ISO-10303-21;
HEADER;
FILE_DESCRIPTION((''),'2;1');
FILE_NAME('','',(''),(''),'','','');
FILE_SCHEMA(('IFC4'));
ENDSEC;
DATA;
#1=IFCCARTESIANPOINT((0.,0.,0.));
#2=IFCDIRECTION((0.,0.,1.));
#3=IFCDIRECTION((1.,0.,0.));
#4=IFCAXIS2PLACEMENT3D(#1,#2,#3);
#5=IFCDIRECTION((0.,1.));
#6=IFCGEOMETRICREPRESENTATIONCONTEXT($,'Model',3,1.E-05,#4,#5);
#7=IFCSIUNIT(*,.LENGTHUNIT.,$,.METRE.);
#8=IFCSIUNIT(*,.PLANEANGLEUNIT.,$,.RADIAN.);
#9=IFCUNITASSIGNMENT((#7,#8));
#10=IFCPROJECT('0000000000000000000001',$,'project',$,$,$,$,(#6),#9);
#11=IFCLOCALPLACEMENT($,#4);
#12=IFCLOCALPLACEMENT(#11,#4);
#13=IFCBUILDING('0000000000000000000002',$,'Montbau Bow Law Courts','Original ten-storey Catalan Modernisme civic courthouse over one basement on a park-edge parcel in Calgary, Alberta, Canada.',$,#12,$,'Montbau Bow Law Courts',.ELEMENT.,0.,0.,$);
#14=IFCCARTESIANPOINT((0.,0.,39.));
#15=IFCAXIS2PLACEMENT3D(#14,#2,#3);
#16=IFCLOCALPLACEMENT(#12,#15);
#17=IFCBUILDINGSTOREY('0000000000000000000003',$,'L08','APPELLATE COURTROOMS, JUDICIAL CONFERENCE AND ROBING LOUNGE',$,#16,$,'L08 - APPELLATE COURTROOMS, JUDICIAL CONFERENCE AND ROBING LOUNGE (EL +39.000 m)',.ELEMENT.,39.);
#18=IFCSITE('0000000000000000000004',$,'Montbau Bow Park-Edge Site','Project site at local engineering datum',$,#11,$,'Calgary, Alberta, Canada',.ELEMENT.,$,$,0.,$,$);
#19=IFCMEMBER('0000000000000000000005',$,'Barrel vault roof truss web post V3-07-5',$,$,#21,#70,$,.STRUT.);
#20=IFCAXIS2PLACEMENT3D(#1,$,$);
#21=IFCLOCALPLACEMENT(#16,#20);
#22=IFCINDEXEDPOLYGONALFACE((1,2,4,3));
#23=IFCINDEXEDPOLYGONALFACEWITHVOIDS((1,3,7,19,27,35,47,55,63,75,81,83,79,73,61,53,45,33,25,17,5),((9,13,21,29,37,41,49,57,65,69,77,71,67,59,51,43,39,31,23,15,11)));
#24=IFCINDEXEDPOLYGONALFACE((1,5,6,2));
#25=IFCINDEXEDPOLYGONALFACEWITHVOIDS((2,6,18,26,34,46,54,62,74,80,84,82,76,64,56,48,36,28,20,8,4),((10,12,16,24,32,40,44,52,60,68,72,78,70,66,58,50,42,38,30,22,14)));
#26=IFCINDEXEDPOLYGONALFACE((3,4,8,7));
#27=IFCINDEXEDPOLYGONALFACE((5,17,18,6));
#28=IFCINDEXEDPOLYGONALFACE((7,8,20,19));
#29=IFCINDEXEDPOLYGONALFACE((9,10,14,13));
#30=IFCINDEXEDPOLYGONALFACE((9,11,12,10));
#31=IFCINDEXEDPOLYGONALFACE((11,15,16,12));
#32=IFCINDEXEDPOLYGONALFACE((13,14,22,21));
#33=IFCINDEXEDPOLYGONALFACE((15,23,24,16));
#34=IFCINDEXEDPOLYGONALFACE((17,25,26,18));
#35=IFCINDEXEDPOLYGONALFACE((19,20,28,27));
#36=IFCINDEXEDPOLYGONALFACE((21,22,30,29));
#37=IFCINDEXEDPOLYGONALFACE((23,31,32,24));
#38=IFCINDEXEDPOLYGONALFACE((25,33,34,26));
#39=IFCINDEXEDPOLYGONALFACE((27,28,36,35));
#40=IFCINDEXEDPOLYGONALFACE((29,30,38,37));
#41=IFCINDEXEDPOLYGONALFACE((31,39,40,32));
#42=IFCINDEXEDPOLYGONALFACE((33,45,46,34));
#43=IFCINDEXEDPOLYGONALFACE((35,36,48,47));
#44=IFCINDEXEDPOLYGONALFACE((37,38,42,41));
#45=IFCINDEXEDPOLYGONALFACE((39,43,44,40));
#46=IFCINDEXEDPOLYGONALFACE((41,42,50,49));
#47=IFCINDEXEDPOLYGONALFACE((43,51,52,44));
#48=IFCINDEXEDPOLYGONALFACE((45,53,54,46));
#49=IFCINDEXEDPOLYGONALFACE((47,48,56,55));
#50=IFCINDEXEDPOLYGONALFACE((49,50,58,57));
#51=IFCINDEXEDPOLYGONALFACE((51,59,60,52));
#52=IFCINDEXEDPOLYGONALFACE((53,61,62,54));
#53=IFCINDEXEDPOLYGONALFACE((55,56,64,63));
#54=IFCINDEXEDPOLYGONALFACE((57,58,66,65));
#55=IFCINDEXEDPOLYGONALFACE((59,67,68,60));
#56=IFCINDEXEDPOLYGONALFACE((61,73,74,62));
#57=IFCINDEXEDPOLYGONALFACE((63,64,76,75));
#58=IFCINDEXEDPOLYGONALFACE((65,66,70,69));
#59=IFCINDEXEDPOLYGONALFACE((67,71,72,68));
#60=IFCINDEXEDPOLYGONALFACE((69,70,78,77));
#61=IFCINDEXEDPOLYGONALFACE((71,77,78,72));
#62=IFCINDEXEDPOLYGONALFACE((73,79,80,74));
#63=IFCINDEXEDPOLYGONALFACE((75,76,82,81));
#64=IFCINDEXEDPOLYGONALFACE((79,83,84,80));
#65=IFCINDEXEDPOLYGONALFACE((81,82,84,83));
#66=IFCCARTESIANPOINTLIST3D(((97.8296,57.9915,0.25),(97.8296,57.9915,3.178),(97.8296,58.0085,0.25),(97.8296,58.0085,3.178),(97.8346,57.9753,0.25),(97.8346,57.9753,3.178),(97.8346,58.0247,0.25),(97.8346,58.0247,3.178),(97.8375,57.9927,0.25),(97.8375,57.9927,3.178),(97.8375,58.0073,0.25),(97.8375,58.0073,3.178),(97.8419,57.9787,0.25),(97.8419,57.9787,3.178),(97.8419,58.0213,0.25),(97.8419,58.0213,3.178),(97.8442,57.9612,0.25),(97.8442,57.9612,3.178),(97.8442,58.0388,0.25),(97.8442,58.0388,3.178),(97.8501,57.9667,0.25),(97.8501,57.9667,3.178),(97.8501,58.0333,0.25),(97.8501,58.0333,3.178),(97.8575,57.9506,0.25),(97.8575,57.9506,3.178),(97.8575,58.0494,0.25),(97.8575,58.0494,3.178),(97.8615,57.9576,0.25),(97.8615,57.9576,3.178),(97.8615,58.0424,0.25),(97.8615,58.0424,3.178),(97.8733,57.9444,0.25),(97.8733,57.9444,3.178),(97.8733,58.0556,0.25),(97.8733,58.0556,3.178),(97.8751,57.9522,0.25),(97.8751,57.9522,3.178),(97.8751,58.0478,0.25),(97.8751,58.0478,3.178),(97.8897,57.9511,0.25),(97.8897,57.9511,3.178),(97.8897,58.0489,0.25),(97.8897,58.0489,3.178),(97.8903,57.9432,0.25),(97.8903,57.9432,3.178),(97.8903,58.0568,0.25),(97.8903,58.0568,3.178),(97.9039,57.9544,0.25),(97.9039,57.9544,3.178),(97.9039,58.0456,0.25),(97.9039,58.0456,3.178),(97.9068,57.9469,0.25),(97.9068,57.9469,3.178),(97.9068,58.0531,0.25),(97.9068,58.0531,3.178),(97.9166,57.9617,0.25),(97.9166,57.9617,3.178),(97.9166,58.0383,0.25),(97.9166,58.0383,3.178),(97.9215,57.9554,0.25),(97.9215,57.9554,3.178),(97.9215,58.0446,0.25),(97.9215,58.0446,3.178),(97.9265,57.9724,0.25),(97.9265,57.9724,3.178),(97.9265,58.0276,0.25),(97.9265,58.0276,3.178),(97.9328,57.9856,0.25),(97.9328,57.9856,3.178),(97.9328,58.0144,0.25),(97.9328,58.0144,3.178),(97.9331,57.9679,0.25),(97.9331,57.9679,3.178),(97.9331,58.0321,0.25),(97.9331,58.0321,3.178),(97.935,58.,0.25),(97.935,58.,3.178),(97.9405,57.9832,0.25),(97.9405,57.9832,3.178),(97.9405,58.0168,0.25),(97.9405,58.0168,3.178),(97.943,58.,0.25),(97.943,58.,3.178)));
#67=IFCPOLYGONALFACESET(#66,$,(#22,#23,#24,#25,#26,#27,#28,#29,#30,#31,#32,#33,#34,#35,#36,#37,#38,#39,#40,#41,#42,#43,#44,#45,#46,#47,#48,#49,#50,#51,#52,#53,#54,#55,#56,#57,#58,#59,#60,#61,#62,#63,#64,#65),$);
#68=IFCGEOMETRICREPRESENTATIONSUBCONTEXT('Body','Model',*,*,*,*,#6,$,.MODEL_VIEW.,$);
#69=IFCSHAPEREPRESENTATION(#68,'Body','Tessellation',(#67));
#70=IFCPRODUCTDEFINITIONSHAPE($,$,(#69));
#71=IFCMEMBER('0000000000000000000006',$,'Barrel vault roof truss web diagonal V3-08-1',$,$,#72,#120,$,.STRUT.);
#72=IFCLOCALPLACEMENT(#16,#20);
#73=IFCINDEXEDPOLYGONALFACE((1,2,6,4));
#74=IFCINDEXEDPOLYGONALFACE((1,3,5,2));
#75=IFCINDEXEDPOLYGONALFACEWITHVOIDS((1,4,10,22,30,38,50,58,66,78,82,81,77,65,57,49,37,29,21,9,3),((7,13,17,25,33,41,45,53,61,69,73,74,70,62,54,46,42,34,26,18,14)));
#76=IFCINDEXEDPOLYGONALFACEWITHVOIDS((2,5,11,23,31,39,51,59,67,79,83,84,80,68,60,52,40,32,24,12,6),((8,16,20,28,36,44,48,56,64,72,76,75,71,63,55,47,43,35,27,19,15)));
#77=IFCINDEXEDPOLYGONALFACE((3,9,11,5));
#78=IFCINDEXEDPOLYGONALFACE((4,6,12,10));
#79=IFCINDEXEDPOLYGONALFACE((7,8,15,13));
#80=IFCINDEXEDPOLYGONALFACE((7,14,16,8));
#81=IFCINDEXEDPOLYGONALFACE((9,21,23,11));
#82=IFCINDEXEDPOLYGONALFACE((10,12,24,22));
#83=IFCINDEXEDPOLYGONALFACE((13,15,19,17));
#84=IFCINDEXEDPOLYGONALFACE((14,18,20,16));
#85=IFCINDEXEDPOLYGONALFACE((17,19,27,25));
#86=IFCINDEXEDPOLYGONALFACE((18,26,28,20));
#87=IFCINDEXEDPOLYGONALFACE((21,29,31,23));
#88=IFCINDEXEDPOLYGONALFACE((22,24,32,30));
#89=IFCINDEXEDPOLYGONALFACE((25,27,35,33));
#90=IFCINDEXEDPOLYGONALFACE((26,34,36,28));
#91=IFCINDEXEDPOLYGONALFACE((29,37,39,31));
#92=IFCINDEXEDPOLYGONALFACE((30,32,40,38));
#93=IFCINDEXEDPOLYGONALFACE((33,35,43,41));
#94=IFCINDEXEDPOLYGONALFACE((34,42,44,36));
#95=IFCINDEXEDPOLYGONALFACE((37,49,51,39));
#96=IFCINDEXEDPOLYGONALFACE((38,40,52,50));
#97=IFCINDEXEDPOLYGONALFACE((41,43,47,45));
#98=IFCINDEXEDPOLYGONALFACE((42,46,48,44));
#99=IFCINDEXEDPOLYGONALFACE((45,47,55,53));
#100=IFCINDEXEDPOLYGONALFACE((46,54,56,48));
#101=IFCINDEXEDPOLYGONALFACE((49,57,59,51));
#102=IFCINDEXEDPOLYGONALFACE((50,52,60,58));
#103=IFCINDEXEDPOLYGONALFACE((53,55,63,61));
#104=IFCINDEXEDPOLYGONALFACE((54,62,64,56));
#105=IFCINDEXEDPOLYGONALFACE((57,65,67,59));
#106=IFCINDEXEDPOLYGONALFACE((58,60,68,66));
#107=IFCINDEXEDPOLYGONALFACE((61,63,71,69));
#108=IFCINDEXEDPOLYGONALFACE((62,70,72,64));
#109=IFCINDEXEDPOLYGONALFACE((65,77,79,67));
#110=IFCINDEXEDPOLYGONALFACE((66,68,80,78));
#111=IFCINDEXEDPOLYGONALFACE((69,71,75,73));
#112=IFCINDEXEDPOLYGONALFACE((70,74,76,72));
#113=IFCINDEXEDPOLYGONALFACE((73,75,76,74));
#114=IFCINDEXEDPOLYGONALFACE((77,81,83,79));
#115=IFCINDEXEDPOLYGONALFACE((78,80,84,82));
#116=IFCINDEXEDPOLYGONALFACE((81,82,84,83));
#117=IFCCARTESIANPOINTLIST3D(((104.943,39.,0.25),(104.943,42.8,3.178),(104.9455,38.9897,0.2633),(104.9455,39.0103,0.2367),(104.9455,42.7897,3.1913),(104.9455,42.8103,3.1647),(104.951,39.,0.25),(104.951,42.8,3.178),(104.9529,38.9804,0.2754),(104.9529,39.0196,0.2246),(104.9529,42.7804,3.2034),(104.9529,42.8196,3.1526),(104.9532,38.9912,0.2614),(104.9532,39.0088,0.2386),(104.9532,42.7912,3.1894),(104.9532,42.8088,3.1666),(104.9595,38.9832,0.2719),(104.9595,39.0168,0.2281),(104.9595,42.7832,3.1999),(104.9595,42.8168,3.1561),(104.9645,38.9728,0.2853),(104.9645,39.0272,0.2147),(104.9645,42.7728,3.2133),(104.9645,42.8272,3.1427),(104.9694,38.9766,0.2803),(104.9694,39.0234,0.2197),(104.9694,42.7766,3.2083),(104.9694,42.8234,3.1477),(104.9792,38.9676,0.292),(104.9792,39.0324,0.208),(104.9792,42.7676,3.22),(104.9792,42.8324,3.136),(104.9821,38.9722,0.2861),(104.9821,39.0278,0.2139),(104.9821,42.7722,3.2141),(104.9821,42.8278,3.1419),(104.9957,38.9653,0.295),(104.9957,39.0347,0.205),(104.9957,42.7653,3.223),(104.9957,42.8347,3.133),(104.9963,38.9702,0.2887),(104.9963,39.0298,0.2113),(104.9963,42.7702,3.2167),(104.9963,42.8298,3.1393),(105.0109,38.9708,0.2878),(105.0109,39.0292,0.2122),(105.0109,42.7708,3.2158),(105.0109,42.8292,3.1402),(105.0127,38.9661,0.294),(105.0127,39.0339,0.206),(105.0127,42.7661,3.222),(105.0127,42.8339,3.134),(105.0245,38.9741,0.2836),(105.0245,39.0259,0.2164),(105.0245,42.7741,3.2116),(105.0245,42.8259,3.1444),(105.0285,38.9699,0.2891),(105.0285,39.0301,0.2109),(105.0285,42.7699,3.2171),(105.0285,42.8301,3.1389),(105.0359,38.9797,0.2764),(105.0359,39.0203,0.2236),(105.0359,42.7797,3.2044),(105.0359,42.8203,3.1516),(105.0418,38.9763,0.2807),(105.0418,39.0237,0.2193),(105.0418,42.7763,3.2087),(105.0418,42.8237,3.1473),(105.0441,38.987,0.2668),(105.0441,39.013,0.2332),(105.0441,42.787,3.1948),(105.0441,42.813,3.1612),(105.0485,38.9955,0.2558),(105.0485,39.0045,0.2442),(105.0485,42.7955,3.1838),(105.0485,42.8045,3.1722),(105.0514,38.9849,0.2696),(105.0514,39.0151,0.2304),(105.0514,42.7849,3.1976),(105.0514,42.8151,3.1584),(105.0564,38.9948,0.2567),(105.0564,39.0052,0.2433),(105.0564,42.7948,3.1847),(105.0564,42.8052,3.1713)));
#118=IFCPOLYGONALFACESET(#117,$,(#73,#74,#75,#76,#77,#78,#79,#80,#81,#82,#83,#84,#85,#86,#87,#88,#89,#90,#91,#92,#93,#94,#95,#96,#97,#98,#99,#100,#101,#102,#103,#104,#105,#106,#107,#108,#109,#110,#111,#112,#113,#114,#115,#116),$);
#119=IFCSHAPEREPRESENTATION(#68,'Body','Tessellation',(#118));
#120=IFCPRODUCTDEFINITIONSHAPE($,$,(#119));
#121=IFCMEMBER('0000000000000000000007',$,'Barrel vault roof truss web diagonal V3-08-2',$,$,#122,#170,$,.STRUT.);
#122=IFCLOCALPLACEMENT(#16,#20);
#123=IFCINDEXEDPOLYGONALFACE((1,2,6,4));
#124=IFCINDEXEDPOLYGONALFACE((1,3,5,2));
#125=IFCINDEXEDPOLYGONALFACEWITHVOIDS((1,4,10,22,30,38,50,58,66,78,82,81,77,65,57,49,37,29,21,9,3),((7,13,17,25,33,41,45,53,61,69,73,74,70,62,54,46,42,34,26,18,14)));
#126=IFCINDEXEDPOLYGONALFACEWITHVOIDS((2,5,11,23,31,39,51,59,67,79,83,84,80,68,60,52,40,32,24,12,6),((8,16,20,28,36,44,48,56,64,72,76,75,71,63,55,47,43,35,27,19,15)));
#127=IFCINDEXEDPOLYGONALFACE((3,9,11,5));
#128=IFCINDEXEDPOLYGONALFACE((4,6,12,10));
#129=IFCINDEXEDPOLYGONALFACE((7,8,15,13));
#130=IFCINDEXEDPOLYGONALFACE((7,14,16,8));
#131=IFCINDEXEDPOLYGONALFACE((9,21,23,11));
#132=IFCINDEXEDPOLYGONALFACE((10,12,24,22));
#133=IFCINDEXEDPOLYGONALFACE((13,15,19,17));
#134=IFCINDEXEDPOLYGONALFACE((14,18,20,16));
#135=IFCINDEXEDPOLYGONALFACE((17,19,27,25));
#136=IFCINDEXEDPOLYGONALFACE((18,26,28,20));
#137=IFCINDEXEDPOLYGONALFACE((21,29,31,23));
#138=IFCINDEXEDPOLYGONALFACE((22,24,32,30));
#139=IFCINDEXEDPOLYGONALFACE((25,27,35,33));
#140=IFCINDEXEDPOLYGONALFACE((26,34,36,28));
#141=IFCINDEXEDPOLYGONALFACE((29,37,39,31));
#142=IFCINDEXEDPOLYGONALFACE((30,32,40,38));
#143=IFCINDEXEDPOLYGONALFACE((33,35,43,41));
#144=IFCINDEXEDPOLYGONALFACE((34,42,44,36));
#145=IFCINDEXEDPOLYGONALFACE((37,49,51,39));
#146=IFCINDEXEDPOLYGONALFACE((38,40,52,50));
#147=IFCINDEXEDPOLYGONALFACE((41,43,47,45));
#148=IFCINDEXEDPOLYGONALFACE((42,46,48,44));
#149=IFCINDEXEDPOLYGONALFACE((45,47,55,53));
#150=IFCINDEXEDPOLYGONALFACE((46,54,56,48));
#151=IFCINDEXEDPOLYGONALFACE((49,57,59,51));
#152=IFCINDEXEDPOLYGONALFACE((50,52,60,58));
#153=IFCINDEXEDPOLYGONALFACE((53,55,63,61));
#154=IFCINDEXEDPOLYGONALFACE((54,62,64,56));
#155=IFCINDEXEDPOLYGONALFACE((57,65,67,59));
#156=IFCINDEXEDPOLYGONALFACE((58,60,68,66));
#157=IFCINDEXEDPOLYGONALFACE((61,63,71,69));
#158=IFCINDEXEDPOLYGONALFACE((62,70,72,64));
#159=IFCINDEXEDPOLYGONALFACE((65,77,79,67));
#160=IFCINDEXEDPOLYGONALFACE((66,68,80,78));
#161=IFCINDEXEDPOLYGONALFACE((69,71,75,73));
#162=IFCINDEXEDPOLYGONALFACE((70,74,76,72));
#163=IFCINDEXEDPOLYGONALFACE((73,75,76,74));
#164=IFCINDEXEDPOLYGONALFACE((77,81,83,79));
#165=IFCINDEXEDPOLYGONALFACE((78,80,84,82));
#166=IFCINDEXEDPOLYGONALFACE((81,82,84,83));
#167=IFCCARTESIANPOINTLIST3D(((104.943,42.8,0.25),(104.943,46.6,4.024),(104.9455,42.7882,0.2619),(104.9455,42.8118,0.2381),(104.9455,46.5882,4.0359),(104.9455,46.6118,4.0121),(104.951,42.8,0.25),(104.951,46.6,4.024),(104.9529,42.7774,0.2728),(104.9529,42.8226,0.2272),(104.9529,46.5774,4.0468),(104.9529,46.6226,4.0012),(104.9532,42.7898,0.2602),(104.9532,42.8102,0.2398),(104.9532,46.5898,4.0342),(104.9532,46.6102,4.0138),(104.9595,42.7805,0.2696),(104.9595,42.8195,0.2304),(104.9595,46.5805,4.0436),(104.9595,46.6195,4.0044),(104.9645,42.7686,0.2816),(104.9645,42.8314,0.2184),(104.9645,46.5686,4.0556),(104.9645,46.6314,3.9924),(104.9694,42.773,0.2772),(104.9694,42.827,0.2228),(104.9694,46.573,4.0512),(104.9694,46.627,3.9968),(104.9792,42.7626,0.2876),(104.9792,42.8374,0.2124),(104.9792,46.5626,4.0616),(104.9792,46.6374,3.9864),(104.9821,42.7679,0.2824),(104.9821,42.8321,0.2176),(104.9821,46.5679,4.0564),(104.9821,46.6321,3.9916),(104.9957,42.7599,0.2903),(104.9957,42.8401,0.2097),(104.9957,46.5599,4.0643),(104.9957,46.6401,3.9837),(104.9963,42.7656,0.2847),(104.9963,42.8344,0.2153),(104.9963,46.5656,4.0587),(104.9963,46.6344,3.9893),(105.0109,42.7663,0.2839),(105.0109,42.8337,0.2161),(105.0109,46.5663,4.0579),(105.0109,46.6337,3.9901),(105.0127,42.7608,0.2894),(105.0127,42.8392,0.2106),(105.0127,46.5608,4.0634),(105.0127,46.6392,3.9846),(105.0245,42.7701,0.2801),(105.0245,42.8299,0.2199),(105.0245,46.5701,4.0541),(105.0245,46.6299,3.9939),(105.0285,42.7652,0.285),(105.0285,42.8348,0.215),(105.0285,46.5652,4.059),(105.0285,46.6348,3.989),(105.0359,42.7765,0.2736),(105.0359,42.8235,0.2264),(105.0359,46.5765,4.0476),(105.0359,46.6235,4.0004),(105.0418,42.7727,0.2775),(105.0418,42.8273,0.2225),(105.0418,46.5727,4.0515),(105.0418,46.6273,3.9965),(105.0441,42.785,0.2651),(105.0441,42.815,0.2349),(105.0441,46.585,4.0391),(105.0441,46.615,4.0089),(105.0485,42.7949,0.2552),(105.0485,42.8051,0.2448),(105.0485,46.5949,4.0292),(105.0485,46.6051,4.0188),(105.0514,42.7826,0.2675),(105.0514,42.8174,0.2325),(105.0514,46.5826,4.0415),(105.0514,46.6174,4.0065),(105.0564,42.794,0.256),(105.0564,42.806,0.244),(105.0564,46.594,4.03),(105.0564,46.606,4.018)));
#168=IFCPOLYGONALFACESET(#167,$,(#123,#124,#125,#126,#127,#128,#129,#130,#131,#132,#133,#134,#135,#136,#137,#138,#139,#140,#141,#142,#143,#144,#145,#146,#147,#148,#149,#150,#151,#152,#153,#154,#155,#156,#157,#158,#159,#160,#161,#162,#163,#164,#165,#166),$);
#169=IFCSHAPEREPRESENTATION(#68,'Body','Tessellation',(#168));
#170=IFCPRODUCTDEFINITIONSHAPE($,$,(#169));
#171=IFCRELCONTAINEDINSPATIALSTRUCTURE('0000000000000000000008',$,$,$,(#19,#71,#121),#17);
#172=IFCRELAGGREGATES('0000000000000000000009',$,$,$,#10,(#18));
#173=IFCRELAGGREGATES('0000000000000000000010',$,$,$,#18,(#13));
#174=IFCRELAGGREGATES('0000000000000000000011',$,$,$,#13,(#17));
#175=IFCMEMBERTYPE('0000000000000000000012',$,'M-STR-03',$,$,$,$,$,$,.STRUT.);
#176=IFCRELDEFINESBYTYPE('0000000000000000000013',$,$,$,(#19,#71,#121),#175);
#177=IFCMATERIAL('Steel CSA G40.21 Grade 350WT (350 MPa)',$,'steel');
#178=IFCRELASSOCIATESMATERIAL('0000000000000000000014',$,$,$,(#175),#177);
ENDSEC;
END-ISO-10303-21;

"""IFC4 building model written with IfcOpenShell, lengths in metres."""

from ifc_helpers import new_model, si_unit, direction, frame, origin_with_axes, origin_2d_with_axis, place, context, subcontext, project, spatial, hollow_circle, extrude, material, material_profile, profile_set, type_object, element, save


model = new_model("IFC4")

# Units and contexts
model_context = context("Model", 3, precision=1e-05, world=origin_with_axes(), true_north=direction((0.0, 1.0)))
body_context = subcontext(model_context, "Body", "Model", "MODEL_VIEW")
ifc_project = project(units=[si_unit("LENGTHUNIT", "METRE"), si_unit("PLANEANGLEUNIT", "RADIAN")], contexts=[model_context])

# Site, building, storey
site_placement = place(None, origin_with_axes())
site = spatial("IfcSite", under=ifc_project, at=site_placement, Name="Montbau Bow Park-Edge Site", Description="Project site at local engineering datum", LongName="Calgary, Alberta, Canada", CompositionType="ELEMENT", RefElevation=0.0)
building_placement = place(site_placement, origin_with_axes())
building = spatial("IfcBuilding", under=site, at=building_placement, Name="Montbau Bow Law Courts", Description="Original ten-storey Catalan Modernisme civic courthouse over one basement on a park-edge parcel in Calgary, Alberta, Canada.", LongName="Montbau Bow Law Courts", CompositionType="ELEMENT", ElevationOfRefHeight=0.0, ElevationOfTerrain=0.0)
storey_placement = place(building_placement, frame((0.0, 0.0, 39.0), z_axis=(0.0, 0.0, 1.0), x_axis=(1.0, 0.0, 0.0)))
storey = spatial("IfcBuildingStorey", under=building, at=storey_placement, Name="L08", Description="APPELLATE COURTROOMS, JUDICIAL CONFERENCE AND ROBING LOUNGE", LongName="L08 - APPELLATE COURTROOMS, JUDICIAL CONFERENCE AND ROBING LOUNGE (EL +39.000 m)", CompositionType="ELEMENT", Elevation=39.0)

# Shared definitions
ifc_material_1 = material(Name="Steel CSA G40.21 Grade 350WT (350 MPa)", Category="steel")

# Members
ifc_material_profile_1 = material_profile(ifc_material_1, hollow_circle(Radius=0.057, WallThickness=0.008, at=origin_2d_with_axis()), Name="HSS114X8.0", Category="Main", Priority=0)
ifc_profile_set_1 = profile_set([ifc_material_profile_1], Name="Steel CSA G40.21 Grade 350WT (350 MPa)")
member_type_1 = type_object("IfcMemberType", Name="M-STR-03", PredefinedType="STRUT", material=ifc_profile_set_1)
member_1_placement = place(None, frame((97.886, 58.0, 39.25), z_axis=(0.0, 0.0, 1.0), x_axis=(1.0, 0.0, 0.0)))
element("IfcMember", 1, at=member_1_placement, inside=storey, type_object=member_type_1, Name="Barrel vault roof truss web post V3-07-5", PredefinedType="STRUT", context=body_context, shape_type="SweptSolid", body=[
    extrude(hollow_circle(Radius=0.057, WallThickness=0.008, at=origin_2d_with_axis()), origin_with_axes(), (0.0, 0.0, 1.0), 2.928),
])
member_2_placement = place(None, frame((105.0, 39.0, 39.25), z_axis=(0.0, 0.792128, 0.610355), x_axis=(-1.0, 0.0, 0.0)))
element("IfcMember", 2, at=member_2_placement, inside=storey, type_object=member_type_1, Name="Barrel vault roof truss web diagonal V3-08-1", PredefinedType="STRUT", context=body_context, shape_type="SweptSolid", body=[
    extrude(hollow_circle(Radius=0.057, WallThickness=0.008, at=origin_2d_with_axis()), origin_with_axes(), (0.0, 0.0, 1.0), 4.7972),
])
member_3_placement = place(None, frame((105.0, 42.8, 39.25), z_axis=(0.0, 0.70953, 0.704675), x_axis=(-1.0, 0.0, 0.0)))
element("IfcMember", 3, at=member_3_placement, inside=storey, type_object=member_type_1, Name="Barrel vault roof truss web diagonal V3-08-2", PredefinedType="STRUT", context=body_context, shape_type="SweptSolid", body=[
    extrude(hollow_circle(Radius=0.057, WallThickness=0.008, at=origin_2d_with_axis()), origin_with_axes(), (0.0, 0.0, 1.0), 5.3557),
])

save(model, "model.ifc")
